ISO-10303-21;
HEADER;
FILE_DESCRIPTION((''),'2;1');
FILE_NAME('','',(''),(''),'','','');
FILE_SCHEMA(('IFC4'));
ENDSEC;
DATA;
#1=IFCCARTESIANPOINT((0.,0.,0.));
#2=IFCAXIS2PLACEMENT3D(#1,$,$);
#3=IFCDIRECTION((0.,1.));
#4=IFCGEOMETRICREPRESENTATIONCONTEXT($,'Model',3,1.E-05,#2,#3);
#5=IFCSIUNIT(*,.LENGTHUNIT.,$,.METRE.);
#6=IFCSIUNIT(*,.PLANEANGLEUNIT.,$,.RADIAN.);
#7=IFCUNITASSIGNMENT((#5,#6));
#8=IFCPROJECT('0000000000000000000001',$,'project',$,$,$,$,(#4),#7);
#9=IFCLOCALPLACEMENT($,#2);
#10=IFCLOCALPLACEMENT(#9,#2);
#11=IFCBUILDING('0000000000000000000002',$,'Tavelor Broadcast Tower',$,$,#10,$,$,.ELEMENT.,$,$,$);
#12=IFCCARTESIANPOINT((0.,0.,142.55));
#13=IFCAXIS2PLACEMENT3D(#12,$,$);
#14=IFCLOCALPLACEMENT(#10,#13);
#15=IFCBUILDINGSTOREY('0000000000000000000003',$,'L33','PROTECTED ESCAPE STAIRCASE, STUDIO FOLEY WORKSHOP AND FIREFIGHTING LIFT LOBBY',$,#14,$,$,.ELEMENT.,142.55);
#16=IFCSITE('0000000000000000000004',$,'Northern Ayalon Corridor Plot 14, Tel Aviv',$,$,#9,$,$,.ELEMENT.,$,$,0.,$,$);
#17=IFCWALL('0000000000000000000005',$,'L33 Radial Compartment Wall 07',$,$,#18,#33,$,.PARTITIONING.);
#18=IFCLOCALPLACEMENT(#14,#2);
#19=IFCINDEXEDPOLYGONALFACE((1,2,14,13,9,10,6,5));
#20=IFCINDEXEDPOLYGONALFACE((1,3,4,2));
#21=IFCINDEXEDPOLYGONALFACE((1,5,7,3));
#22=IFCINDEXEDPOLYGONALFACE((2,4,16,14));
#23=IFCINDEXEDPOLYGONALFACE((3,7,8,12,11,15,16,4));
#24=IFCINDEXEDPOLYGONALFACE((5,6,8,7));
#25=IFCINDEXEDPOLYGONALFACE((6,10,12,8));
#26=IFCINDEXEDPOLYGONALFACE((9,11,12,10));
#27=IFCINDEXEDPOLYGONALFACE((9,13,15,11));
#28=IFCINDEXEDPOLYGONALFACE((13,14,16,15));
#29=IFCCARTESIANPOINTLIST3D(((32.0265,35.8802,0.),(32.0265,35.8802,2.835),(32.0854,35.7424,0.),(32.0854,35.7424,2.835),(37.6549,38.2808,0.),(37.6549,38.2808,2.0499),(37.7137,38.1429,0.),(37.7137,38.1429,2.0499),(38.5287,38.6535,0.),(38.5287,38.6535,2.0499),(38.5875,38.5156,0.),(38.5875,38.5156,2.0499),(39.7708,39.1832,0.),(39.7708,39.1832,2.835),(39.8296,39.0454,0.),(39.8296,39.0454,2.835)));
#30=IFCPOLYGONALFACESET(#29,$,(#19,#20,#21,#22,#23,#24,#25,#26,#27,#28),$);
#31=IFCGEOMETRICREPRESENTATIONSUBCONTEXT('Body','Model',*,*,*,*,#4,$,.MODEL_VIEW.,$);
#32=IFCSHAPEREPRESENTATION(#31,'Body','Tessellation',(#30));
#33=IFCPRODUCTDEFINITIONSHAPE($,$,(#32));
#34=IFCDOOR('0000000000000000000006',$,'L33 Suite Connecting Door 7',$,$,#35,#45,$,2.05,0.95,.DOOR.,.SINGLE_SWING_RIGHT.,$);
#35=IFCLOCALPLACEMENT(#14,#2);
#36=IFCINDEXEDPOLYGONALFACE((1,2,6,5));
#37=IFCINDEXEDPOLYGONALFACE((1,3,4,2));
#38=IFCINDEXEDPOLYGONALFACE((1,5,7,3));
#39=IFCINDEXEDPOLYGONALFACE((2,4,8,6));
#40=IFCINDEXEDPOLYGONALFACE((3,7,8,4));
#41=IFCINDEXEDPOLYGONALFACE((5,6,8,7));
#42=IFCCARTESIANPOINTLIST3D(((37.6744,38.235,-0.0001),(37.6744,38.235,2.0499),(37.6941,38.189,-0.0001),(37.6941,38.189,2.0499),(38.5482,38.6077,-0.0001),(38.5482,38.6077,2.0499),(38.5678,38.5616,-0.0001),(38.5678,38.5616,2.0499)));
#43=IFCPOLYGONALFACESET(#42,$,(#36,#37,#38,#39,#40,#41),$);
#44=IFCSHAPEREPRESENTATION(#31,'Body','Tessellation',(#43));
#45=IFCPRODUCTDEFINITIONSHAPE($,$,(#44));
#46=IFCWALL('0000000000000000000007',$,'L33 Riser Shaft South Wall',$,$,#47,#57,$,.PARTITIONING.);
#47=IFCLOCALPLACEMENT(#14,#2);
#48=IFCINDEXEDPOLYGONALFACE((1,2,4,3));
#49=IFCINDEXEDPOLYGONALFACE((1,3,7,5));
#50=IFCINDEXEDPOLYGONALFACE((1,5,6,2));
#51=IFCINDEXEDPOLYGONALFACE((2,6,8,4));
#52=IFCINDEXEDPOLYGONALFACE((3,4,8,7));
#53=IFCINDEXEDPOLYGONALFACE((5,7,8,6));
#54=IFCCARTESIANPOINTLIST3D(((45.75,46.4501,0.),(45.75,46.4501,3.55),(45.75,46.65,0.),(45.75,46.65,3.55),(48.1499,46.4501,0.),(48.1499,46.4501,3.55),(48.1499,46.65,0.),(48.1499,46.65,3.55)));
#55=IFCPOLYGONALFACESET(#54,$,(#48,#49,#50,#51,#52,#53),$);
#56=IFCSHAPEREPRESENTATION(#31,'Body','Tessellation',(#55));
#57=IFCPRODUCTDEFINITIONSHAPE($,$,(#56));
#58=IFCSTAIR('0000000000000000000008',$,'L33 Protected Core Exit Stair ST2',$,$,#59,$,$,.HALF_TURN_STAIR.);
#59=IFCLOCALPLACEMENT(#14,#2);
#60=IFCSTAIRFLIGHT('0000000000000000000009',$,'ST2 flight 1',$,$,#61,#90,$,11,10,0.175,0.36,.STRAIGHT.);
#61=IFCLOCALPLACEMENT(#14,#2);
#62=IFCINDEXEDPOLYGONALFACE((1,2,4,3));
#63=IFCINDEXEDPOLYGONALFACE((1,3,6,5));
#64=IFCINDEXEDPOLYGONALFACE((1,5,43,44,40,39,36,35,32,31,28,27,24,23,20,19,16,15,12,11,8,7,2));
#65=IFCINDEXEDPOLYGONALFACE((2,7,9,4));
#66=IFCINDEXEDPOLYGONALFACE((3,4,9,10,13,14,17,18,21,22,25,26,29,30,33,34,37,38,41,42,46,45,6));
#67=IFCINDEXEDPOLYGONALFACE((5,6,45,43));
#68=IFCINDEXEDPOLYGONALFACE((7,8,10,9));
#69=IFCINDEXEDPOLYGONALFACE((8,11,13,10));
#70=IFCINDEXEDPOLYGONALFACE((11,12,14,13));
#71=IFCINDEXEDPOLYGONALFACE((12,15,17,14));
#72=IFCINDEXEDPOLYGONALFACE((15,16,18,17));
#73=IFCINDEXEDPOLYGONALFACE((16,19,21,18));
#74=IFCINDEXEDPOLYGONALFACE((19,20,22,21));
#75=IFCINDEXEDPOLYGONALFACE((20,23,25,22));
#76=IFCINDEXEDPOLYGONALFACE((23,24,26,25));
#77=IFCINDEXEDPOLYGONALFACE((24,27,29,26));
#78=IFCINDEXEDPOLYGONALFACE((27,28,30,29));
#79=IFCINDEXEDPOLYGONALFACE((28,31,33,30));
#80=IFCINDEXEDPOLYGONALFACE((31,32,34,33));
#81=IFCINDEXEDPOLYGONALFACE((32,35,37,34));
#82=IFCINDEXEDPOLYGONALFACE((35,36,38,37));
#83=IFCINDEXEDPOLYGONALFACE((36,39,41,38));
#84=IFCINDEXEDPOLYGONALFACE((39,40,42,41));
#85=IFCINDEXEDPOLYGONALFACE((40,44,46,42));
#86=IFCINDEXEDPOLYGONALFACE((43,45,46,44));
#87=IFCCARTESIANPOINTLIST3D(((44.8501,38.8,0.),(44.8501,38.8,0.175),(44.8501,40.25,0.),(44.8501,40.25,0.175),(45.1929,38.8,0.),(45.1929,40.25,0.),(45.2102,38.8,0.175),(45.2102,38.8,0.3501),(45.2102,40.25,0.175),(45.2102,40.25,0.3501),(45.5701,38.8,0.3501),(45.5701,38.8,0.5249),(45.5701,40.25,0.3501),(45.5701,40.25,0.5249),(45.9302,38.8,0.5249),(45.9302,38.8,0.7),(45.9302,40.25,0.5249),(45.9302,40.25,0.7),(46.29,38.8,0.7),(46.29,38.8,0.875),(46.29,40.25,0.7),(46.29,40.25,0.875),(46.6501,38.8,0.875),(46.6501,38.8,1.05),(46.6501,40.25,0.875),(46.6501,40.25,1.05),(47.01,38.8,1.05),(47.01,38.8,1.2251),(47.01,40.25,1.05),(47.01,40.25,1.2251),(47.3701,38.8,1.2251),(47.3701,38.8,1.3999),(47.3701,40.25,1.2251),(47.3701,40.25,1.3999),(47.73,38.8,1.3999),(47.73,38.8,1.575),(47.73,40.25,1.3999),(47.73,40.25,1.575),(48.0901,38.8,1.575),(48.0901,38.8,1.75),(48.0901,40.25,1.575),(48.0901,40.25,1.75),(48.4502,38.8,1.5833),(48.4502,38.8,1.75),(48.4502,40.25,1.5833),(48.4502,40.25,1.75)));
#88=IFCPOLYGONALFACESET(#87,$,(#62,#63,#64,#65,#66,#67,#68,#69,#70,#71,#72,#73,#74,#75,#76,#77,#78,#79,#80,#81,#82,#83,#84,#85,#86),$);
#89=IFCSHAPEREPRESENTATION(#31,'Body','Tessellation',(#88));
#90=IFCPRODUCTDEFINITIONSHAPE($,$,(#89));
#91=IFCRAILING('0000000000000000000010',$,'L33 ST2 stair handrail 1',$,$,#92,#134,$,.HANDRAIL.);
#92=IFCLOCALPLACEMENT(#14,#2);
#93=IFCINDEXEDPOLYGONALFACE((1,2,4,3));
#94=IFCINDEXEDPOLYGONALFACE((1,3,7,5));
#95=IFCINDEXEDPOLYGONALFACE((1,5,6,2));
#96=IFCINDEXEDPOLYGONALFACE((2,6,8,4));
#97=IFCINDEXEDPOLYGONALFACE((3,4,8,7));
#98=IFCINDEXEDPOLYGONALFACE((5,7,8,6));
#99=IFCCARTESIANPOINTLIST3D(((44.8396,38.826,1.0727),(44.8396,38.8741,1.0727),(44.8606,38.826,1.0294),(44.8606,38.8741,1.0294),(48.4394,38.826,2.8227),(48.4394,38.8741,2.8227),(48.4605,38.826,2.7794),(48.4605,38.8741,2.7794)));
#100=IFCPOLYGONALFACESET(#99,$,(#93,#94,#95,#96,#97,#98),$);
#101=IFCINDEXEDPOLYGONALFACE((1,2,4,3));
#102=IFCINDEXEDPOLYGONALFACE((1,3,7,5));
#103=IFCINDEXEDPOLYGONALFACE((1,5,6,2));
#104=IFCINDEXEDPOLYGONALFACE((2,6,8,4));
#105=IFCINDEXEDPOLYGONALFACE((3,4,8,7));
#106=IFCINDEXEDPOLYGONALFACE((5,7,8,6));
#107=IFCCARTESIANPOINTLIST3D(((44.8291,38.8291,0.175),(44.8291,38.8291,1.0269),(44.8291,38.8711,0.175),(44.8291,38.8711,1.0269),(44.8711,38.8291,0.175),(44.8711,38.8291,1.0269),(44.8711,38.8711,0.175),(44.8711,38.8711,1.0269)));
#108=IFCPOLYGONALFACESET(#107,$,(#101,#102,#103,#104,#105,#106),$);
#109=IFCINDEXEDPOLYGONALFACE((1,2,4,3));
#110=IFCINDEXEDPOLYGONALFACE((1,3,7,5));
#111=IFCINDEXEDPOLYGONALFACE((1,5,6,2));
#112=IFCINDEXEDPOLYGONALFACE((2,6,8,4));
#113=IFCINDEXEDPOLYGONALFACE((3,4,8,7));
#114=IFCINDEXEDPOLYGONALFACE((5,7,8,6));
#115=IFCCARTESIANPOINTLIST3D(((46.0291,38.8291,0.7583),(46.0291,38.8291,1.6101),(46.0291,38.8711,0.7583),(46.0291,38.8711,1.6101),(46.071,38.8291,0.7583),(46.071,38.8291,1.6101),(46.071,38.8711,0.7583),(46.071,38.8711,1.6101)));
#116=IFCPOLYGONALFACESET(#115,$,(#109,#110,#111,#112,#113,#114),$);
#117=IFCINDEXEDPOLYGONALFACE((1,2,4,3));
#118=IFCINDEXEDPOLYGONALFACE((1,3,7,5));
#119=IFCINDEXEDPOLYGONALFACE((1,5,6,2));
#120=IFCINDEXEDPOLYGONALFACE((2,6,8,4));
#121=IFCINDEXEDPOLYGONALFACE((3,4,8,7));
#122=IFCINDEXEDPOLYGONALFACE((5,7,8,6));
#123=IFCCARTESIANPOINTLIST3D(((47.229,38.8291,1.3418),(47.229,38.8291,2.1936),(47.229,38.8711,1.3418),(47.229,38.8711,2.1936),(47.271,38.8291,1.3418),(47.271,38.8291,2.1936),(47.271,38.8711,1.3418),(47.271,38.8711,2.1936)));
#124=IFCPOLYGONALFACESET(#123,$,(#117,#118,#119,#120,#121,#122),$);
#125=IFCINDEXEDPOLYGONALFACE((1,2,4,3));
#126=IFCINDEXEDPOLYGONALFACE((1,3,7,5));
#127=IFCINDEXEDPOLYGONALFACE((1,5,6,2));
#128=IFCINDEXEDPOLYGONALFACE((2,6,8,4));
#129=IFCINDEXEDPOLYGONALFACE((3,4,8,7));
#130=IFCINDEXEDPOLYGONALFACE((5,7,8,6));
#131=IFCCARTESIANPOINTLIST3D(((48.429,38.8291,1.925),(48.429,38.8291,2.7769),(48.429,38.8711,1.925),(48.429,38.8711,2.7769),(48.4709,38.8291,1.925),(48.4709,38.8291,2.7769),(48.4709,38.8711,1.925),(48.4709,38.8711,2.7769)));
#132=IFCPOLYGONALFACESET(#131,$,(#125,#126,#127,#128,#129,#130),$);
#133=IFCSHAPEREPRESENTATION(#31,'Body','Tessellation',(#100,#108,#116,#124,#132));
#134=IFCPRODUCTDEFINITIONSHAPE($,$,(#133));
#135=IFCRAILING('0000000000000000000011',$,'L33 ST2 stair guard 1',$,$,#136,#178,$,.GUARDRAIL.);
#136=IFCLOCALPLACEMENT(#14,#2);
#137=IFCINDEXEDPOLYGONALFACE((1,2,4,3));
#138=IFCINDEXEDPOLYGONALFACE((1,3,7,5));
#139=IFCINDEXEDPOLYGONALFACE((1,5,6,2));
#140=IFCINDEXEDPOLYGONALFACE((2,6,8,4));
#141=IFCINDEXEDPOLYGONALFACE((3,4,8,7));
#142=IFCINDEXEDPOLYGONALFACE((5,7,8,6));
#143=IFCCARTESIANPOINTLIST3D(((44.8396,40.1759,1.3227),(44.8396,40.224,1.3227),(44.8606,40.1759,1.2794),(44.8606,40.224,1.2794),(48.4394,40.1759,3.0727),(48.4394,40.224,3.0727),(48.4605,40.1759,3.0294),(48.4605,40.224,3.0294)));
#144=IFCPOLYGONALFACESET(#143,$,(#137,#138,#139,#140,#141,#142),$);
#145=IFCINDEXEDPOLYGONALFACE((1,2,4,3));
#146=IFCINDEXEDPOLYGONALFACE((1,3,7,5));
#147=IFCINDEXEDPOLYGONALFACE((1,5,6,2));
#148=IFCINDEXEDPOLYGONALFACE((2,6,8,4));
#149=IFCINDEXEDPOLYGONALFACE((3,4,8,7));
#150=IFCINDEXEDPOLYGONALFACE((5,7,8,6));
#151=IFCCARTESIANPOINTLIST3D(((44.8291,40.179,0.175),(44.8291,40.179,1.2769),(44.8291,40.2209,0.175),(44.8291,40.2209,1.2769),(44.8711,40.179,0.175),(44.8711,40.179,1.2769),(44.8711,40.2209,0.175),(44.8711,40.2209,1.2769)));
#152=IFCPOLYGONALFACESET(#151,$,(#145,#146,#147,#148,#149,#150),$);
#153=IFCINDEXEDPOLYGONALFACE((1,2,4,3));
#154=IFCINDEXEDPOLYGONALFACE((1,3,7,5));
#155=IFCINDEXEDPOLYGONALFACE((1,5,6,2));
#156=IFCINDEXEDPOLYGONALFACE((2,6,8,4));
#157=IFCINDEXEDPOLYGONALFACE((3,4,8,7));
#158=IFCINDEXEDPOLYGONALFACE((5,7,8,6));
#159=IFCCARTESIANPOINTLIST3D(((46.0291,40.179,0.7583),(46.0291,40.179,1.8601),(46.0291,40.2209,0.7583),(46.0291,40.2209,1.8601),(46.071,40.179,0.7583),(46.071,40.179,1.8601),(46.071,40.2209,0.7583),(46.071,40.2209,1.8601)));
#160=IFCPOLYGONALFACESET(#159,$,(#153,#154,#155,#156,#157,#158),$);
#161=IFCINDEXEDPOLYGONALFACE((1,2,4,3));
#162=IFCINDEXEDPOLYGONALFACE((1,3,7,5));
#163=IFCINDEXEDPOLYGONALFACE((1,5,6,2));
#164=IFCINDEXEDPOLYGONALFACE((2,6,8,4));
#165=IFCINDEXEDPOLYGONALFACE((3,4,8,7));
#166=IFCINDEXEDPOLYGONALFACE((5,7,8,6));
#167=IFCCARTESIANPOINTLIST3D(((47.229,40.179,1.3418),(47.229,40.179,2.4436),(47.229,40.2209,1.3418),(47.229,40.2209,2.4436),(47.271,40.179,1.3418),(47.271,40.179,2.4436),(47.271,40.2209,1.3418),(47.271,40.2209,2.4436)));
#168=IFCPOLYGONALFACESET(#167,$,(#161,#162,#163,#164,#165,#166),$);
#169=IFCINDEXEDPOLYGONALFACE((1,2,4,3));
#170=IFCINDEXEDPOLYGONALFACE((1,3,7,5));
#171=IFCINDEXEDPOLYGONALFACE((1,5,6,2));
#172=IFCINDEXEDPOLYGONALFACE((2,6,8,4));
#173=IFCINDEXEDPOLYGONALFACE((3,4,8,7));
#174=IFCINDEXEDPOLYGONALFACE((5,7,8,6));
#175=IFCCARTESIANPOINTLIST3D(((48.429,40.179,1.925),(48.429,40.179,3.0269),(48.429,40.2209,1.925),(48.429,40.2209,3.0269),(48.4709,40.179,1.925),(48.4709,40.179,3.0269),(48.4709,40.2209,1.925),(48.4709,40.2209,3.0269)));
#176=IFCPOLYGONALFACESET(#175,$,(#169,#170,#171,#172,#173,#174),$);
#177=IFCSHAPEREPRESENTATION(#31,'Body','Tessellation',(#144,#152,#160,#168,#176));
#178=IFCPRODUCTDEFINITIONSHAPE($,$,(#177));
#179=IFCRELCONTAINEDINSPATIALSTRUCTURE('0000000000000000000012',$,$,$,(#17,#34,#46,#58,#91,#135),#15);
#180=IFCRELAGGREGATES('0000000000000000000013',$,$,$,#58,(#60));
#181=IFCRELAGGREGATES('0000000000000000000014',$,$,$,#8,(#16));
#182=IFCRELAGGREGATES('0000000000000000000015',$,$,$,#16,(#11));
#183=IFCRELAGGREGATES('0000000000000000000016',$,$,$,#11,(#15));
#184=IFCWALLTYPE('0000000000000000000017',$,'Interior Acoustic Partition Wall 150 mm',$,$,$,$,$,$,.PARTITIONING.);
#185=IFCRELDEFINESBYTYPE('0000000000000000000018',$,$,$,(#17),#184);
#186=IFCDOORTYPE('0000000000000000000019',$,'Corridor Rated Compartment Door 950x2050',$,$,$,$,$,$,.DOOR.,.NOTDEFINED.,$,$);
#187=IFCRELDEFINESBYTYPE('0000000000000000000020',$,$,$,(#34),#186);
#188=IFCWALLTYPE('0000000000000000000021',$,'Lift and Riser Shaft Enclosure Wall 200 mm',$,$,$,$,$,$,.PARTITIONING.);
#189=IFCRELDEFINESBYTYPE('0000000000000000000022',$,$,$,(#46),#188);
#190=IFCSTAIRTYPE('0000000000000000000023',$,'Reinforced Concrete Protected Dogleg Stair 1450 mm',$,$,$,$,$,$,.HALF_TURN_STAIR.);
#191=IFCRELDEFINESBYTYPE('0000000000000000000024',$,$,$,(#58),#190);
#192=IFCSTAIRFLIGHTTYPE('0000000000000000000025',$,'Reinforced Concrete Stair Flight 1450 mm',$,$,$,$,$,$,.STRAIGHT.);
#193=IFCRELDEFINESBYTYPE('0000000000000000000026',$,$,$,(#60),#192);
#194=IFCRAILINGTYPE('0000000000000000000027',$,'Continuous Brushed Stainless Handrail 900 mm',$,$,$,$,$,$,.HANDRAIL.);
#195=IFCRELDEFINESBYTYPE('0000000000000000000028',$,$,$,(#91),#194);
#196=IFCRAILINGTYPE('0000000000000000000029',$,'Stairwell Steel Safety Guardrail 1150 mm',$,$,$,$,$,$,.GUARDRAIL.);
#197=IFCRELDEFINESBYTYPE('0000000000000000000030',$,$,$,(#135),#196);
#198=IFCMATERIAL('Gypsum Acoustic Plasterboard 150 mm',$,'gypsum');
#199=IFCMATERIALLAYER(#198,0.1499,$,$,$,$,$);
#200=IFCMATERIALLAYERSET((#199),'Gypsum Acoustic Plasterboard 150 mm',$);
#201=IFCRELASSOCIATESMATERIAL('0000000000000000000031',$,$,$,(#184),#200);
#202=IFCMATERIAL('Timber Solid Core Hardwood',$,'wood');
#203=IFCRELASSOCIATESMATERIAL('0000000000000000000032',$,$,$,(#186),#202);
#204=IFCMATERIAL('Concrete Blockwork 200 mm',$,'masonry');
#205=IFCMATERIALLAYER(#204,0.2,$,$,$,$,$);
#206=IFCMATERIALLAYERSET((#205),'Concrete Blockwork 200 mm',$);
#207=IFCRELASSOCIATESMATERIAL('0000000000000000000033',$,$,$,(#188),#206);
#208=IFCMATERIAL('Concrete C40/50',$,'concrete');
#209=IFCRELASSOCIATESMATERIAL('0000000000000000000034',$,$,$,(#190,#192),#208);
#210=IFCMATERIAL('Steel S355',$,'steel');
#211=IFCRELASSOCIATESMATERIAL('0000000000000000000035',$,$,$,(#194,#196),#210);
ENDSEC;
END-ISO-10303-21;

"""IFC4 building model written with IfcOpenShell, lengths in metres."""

from ifc_helpers import new_model, si_unit, direction, frame, frame_2d, origin, origin_2d, place, context, subcontext, project, spatial, polyline, rectangle, outline, extrude, material, layer, layer_set, type_object, element, fill, aggregate, save


model = new_model("IFC4")

# Units and contexts
model_context = context("Model", 3, precision=1e-05, world=origin(), true_north=direction((0.0, 1.0)))
body_context = subcontext(model_context, "Body", "Model", "MODEL_VIEW")
ifc_project = project(units=[si_unit("LENGTHUNIT", "METRE"), si_unit("PLANEANGLEUNIT", "RADIAN")], contexts=[model_context])

# Site, building, storey
site_placement = place(None, origin())
site = spatial("IfcSite", under=ifc_project, at=site_placement, Name="Northern Ayalon Corridor Plot 14, Tel Aviv", CompositionType="ELEMENT", RefElevation=0.0)
building_placement = place(site_placement, origin())
building = spatial("IfcBuilding", under=site, at=building_placement, Name="Tavelor Broadcast Tower", CompositionType="ELEMENT")
storey_placement = place(building_placement, frame((0.0, 0.0, 142.55)))
storey = spatial("IfcBuildingStorey", under=building, at=storey_placement, Name="L33", Description="PROTECTED ESCAPE STAIRCASE, STUDIO FOLEY WORKSHOP AND FIREFIGHTING LIFT LOBBY", CompositionType="ELEMENT", Elevation=142.55)

# Shared definitions
ifc_material_1 = material(Name="Concrete C40/50", Category="concrete")
ifc_material_2 = material(Name="Steel S355", Category="steel")

# Shared definitions
ifc_material_3 = material(Name="Timber Solid Core Hardwood", Category="wood")

# Shared definitions
ifc_material_4 = material(Name="Gypsum Acoustic Plasterboard 150 mm", Category="gypsum")
ifc_layer_1 = layer(ifc_material_4, 0.1499)
ifc_layer_set_1 = layer_set([ifc_layer_1], Name="Gypsum Acoustic Plasterboard 150 mm")
wall_type_1 = type_object("IfcWallType", Name="Interior Acoustic Partition Wall 150 mm", PredefinedType="PARTITIONING", material=ifc_layer_set_1)

# Wall, opening, door
wall_1_placement = place(storey_placement, frame((39.8, 39.1143, 0.0), z_axis=(0.0, 0.0, 1.0), x_axis=(-0.919829, -0.392319, 0.0)))
wall_1 = element("IfcWall", 1, at=wall_1_placement, inside=storey, type_object=wall_type_1, Name="L33 Radial Compartment Wall 07", PredefinedType="PARTITIONING", context=body_context, shape_type="SweptSolid", body=[
    extrude(rectangle(XDim=8.4192, YDim=0.1499, at=frame_2d((4.2095, 0.0))), origin(), (0.0, 0.0, 1.0), 2.835),
])
opening_1_placement = place(wall_1_placement, frame((1.3501, 0.0, 0.0)))
opening_1 = element("IfcOpeningElement", 2, at=opening_1_placement, cuts=wall_1, PredefinedType="OPENING", context=body_context, shape_type="SweptSolid", body=[
    extrude(rectangle(XDim=0.95, YDim=2.05, at=frame_2d((0.4751, 1.0249))), frame((0.0, 0.085, 0.0), z_axis=(0.0, -1.0, 0.0), x_axis=(1.0, 0.0, 0.0)), (0.0, 0.0, 1.0), 0.1699),
])
door_type_1 = type_object("IfcDoorType", Name="Corridor Rated Compartment Door 950x2050", OperationType="NOTDEFINED", PredefinedType="DOOR", material=ifc_material_3)
door_1_placement = place(opening_1_placement, origin())
door_1 = element("IfcDoor", 3, at=door_1_placement, inside=storey, type_object=door_type_1, Name="L33 Suite Connecting Door 7", OperationType="SINGLE_SWING_RIGHT", OverallHeight=2.05, OverallWidth=0.95, PredefinedType="DOOR", context=body_context, shape_type="SweptSolid", body=[
    extrude(rectangle(XDim=0.95, YDim=2.05, at=frame_2d((0.4751, 1.0249))), frame((0.0, 0.0249, 0.0), z_axis=(0.0, -1.0, 0.0), x_axis=(1.0, 0.0, 0.0)), (0.0, 0.0, 1.0), 0.05),
])
fill(opening_1, door_1)

# Wall
ifc_material_5 = material(Name="Concrete Blockwork 200 mm", Category="masonry")
ifc_layer_2 = layer(ifc_material_5, 0.2)
ifc_layer_set_2 = layer_set([ifc_layer_2], Name="Concrete Blockwork 200 mm")
wall_type_2 = type_object("IfcWallType", Name="Lift and Riser Shaft Enclosure Wall 200 mm", PredefinedType="PARTITIONING", material=ifc_layer_set_2)
wall_2_placement = place(storey_placement, frame((45.75, 46.55, 0.0), z_axis=(0.0, 0.0, 1.0), x_axis=(1.0, 0.0, 0.0)))
element("IfcWall", 4, at=wall_2_placement, inside=storey, type_object=wall_type_2, Name="L33 Riser Shaft South Wall", PredefinedType="PARTITIONING", context=body_context, shape_type="SweptSolid", body=[
    extrude(rectangle(XDim=2.3999, YDim=0.2, at=frame_2d((1.2, 0.0))), origin(), (0.0, 0.0, 1.0), 3.55),
])

# Stair, stair flight
stair_type = type_object("IfcStairType", Name="Reinforced Concrete Protected Dogleg Stair 1450 mm", PredefinedType="HALF_TURN_STAIR", material=ifc_material_1)
stair_placement = place(storey_placement, origin())
stair = element("IfcStair", 5, at=stair_placement, inside=storey, type_object=stair_type, Name="L33 Protected Core Exit Stair ST2", PredefinedType="HALF_TURN_STAIR")
stair_flight_type = type_object("IfcStairFlightType", Name="Reinforced Concrete Stair Flight 1450 mm", PredefinedType="STRAIGHT", material=ifc_material_1)
stair_flight_placement = place(storey_placement, frame((44.8501, 39.5249, 0.0), z_axis=(0.0, 0.0, 1.0), x_axis=(1.0, 0.0, 0.0)))
stair_flight = element("IfcStairFlight", 6, at=stair_flight_placement, type_object=stair_flight_type, Name="ST2 flight 1", NumberOfRisers=11, NumberOfTreads=10, PredefinedType="STRAIGHT", RiserHeight=0.175, TreadLength=0.36, context=body_context, shape_type="SweptSolid", body=[
    extrude(outline(polyline([(0.0, 0.0), (0.0, 0.175), (0.3601, 0.175), (0.3601, 0.3501), (0.72, 0.3501), (0.72, 0.5249), (1.0801, 0.5249), (1.0801, 0.7), (1.4399, 0.7), (1.4399, 0.875), (1.8, 0.875), (1.8, 1.05), (2.1599, 1.05), (2.1599, 1.2251), (2.52, 1.2251), (2.52, 1.3999), (2.8799, 1.3999), (2.8799, 1.575), (3.24, 1.575), (3.24, 1.75), (3.6001, 1.75), (3.6001, 1.925), (3.6001, 1.5833), (0.3428, 0.0), (0.0, 0.0)])), frame((0.0, 0.7251, 0.0), z_axis=(0.0, -1.0, 0.0), x_axis=(1.0, 0.0, 0.0)), (0.0, 0.0, 1.0), 1.45),
])
aggregate(stair, [stair_flight])

# Railings
railing_type_1 = type_object("IfcRailingType", Name="Continuous Brushed Stainless Handrail 900 mm", PredefinedType="HANDRAIL", material=ifc_material_2)
railing_1_placement = place(storey_placement, frame((44.8501, 38.8501, 0.175)))
element("IfcRailing", 7, at=railing_1_placement, inside=storey, type_object=railing_type_1, Name="L33 ST2 stair handrail 1", PredefinedType="HANDRAIL", context=body_context, shape_type="SweptSolid", body=[
    extrude(rectangle(XDim=0.0481, YDim=0.0481, at=origin_2d()), frame((0.0, 0.0, 0.876), z_axis=(0.899361, 0.0, 0.437207), x_axis=(0.0, 1.0, 0.0)), (0.0, 0.0, 1.0), 4.0027),
    extrude(rectangle(XDim=0.042, YDim=0.042, at=origin_2d()), origin(), (0.0, 0.0, 1.0), 0.8518),
    extrude(rectangle(XDim=0.042, YDim=0.042, at=origin_2d()), frame((1.2, 0.0, 0.5833)), (0.0, 0.0, 1.0), 0.8518),
    extrude(rectangle(XDim=0.042, YDim=0.042, at=origin_2d()), frame((2.3999, 0.0, 1.1667)), (0.0, 0.0, 1.0), 0.8518),
    extrude(rectangle(XDim=0.042, YDim=0.042, at=origin_2d()), frame((3.5999, 0.0, 1.75)), (0.0, 0.0, 1.0), 0.8518),
])
railing_type_2 = type_object("IfcRailingType", Name="Stairwell Steel Safety Guardrail 1150 mm", PredefinedType="GUARDRAIL", material=ifc_material_2)
railing_2_placement = place(storey_placement, frame((44.8501, 40.2, 0.175)))
element("IfcRailing", 8, at=railing_2_placement, inside=storey, type_object=railing_type_2, Name="L33 ST2 stair guard 1", PredefinedType="GUARDRAIL", context=body_context, shape_type="SweptSolid", body=[
    extrude(rectangle(XDim=0.0481, YDim=0.0481, at=origin_2d()), frame((0.0, 0.0, 1.126), z_axis=(0.899361, 0.0, 0.437207), x_axis=(0.0, 1.0, 0.0)), (0.0, 0.0, 1.0), 4.0027),
    extrude(rectangle(XDim=0.042, YDim=0.042, at=origin_2d()), origin(), (0.0, 0.0, 1.0), 1.1018),
    extrude(rectangle(XDim=0.042, YDim=0.042, at=origin_2d()), frame((1.2, 0.0, 0.5833)), (0.0, 0.0, 1.0), 1.1018),
    extrude(rectangle(XDim=0.042, YDim=0.042, at=origin_2d()), frame((2.3999, 0.0, 1.1667)), (0.0, 0.0, 1.0), 1.1018),
    extrude(rectangle(XDim=0.042, YDim=0.042, at=origin_2d()), frame((3.5999, 0.0, 1.75)), (0.0, 0.0, 1.0), 1.1018),
])

save(model, "model.ifc")
